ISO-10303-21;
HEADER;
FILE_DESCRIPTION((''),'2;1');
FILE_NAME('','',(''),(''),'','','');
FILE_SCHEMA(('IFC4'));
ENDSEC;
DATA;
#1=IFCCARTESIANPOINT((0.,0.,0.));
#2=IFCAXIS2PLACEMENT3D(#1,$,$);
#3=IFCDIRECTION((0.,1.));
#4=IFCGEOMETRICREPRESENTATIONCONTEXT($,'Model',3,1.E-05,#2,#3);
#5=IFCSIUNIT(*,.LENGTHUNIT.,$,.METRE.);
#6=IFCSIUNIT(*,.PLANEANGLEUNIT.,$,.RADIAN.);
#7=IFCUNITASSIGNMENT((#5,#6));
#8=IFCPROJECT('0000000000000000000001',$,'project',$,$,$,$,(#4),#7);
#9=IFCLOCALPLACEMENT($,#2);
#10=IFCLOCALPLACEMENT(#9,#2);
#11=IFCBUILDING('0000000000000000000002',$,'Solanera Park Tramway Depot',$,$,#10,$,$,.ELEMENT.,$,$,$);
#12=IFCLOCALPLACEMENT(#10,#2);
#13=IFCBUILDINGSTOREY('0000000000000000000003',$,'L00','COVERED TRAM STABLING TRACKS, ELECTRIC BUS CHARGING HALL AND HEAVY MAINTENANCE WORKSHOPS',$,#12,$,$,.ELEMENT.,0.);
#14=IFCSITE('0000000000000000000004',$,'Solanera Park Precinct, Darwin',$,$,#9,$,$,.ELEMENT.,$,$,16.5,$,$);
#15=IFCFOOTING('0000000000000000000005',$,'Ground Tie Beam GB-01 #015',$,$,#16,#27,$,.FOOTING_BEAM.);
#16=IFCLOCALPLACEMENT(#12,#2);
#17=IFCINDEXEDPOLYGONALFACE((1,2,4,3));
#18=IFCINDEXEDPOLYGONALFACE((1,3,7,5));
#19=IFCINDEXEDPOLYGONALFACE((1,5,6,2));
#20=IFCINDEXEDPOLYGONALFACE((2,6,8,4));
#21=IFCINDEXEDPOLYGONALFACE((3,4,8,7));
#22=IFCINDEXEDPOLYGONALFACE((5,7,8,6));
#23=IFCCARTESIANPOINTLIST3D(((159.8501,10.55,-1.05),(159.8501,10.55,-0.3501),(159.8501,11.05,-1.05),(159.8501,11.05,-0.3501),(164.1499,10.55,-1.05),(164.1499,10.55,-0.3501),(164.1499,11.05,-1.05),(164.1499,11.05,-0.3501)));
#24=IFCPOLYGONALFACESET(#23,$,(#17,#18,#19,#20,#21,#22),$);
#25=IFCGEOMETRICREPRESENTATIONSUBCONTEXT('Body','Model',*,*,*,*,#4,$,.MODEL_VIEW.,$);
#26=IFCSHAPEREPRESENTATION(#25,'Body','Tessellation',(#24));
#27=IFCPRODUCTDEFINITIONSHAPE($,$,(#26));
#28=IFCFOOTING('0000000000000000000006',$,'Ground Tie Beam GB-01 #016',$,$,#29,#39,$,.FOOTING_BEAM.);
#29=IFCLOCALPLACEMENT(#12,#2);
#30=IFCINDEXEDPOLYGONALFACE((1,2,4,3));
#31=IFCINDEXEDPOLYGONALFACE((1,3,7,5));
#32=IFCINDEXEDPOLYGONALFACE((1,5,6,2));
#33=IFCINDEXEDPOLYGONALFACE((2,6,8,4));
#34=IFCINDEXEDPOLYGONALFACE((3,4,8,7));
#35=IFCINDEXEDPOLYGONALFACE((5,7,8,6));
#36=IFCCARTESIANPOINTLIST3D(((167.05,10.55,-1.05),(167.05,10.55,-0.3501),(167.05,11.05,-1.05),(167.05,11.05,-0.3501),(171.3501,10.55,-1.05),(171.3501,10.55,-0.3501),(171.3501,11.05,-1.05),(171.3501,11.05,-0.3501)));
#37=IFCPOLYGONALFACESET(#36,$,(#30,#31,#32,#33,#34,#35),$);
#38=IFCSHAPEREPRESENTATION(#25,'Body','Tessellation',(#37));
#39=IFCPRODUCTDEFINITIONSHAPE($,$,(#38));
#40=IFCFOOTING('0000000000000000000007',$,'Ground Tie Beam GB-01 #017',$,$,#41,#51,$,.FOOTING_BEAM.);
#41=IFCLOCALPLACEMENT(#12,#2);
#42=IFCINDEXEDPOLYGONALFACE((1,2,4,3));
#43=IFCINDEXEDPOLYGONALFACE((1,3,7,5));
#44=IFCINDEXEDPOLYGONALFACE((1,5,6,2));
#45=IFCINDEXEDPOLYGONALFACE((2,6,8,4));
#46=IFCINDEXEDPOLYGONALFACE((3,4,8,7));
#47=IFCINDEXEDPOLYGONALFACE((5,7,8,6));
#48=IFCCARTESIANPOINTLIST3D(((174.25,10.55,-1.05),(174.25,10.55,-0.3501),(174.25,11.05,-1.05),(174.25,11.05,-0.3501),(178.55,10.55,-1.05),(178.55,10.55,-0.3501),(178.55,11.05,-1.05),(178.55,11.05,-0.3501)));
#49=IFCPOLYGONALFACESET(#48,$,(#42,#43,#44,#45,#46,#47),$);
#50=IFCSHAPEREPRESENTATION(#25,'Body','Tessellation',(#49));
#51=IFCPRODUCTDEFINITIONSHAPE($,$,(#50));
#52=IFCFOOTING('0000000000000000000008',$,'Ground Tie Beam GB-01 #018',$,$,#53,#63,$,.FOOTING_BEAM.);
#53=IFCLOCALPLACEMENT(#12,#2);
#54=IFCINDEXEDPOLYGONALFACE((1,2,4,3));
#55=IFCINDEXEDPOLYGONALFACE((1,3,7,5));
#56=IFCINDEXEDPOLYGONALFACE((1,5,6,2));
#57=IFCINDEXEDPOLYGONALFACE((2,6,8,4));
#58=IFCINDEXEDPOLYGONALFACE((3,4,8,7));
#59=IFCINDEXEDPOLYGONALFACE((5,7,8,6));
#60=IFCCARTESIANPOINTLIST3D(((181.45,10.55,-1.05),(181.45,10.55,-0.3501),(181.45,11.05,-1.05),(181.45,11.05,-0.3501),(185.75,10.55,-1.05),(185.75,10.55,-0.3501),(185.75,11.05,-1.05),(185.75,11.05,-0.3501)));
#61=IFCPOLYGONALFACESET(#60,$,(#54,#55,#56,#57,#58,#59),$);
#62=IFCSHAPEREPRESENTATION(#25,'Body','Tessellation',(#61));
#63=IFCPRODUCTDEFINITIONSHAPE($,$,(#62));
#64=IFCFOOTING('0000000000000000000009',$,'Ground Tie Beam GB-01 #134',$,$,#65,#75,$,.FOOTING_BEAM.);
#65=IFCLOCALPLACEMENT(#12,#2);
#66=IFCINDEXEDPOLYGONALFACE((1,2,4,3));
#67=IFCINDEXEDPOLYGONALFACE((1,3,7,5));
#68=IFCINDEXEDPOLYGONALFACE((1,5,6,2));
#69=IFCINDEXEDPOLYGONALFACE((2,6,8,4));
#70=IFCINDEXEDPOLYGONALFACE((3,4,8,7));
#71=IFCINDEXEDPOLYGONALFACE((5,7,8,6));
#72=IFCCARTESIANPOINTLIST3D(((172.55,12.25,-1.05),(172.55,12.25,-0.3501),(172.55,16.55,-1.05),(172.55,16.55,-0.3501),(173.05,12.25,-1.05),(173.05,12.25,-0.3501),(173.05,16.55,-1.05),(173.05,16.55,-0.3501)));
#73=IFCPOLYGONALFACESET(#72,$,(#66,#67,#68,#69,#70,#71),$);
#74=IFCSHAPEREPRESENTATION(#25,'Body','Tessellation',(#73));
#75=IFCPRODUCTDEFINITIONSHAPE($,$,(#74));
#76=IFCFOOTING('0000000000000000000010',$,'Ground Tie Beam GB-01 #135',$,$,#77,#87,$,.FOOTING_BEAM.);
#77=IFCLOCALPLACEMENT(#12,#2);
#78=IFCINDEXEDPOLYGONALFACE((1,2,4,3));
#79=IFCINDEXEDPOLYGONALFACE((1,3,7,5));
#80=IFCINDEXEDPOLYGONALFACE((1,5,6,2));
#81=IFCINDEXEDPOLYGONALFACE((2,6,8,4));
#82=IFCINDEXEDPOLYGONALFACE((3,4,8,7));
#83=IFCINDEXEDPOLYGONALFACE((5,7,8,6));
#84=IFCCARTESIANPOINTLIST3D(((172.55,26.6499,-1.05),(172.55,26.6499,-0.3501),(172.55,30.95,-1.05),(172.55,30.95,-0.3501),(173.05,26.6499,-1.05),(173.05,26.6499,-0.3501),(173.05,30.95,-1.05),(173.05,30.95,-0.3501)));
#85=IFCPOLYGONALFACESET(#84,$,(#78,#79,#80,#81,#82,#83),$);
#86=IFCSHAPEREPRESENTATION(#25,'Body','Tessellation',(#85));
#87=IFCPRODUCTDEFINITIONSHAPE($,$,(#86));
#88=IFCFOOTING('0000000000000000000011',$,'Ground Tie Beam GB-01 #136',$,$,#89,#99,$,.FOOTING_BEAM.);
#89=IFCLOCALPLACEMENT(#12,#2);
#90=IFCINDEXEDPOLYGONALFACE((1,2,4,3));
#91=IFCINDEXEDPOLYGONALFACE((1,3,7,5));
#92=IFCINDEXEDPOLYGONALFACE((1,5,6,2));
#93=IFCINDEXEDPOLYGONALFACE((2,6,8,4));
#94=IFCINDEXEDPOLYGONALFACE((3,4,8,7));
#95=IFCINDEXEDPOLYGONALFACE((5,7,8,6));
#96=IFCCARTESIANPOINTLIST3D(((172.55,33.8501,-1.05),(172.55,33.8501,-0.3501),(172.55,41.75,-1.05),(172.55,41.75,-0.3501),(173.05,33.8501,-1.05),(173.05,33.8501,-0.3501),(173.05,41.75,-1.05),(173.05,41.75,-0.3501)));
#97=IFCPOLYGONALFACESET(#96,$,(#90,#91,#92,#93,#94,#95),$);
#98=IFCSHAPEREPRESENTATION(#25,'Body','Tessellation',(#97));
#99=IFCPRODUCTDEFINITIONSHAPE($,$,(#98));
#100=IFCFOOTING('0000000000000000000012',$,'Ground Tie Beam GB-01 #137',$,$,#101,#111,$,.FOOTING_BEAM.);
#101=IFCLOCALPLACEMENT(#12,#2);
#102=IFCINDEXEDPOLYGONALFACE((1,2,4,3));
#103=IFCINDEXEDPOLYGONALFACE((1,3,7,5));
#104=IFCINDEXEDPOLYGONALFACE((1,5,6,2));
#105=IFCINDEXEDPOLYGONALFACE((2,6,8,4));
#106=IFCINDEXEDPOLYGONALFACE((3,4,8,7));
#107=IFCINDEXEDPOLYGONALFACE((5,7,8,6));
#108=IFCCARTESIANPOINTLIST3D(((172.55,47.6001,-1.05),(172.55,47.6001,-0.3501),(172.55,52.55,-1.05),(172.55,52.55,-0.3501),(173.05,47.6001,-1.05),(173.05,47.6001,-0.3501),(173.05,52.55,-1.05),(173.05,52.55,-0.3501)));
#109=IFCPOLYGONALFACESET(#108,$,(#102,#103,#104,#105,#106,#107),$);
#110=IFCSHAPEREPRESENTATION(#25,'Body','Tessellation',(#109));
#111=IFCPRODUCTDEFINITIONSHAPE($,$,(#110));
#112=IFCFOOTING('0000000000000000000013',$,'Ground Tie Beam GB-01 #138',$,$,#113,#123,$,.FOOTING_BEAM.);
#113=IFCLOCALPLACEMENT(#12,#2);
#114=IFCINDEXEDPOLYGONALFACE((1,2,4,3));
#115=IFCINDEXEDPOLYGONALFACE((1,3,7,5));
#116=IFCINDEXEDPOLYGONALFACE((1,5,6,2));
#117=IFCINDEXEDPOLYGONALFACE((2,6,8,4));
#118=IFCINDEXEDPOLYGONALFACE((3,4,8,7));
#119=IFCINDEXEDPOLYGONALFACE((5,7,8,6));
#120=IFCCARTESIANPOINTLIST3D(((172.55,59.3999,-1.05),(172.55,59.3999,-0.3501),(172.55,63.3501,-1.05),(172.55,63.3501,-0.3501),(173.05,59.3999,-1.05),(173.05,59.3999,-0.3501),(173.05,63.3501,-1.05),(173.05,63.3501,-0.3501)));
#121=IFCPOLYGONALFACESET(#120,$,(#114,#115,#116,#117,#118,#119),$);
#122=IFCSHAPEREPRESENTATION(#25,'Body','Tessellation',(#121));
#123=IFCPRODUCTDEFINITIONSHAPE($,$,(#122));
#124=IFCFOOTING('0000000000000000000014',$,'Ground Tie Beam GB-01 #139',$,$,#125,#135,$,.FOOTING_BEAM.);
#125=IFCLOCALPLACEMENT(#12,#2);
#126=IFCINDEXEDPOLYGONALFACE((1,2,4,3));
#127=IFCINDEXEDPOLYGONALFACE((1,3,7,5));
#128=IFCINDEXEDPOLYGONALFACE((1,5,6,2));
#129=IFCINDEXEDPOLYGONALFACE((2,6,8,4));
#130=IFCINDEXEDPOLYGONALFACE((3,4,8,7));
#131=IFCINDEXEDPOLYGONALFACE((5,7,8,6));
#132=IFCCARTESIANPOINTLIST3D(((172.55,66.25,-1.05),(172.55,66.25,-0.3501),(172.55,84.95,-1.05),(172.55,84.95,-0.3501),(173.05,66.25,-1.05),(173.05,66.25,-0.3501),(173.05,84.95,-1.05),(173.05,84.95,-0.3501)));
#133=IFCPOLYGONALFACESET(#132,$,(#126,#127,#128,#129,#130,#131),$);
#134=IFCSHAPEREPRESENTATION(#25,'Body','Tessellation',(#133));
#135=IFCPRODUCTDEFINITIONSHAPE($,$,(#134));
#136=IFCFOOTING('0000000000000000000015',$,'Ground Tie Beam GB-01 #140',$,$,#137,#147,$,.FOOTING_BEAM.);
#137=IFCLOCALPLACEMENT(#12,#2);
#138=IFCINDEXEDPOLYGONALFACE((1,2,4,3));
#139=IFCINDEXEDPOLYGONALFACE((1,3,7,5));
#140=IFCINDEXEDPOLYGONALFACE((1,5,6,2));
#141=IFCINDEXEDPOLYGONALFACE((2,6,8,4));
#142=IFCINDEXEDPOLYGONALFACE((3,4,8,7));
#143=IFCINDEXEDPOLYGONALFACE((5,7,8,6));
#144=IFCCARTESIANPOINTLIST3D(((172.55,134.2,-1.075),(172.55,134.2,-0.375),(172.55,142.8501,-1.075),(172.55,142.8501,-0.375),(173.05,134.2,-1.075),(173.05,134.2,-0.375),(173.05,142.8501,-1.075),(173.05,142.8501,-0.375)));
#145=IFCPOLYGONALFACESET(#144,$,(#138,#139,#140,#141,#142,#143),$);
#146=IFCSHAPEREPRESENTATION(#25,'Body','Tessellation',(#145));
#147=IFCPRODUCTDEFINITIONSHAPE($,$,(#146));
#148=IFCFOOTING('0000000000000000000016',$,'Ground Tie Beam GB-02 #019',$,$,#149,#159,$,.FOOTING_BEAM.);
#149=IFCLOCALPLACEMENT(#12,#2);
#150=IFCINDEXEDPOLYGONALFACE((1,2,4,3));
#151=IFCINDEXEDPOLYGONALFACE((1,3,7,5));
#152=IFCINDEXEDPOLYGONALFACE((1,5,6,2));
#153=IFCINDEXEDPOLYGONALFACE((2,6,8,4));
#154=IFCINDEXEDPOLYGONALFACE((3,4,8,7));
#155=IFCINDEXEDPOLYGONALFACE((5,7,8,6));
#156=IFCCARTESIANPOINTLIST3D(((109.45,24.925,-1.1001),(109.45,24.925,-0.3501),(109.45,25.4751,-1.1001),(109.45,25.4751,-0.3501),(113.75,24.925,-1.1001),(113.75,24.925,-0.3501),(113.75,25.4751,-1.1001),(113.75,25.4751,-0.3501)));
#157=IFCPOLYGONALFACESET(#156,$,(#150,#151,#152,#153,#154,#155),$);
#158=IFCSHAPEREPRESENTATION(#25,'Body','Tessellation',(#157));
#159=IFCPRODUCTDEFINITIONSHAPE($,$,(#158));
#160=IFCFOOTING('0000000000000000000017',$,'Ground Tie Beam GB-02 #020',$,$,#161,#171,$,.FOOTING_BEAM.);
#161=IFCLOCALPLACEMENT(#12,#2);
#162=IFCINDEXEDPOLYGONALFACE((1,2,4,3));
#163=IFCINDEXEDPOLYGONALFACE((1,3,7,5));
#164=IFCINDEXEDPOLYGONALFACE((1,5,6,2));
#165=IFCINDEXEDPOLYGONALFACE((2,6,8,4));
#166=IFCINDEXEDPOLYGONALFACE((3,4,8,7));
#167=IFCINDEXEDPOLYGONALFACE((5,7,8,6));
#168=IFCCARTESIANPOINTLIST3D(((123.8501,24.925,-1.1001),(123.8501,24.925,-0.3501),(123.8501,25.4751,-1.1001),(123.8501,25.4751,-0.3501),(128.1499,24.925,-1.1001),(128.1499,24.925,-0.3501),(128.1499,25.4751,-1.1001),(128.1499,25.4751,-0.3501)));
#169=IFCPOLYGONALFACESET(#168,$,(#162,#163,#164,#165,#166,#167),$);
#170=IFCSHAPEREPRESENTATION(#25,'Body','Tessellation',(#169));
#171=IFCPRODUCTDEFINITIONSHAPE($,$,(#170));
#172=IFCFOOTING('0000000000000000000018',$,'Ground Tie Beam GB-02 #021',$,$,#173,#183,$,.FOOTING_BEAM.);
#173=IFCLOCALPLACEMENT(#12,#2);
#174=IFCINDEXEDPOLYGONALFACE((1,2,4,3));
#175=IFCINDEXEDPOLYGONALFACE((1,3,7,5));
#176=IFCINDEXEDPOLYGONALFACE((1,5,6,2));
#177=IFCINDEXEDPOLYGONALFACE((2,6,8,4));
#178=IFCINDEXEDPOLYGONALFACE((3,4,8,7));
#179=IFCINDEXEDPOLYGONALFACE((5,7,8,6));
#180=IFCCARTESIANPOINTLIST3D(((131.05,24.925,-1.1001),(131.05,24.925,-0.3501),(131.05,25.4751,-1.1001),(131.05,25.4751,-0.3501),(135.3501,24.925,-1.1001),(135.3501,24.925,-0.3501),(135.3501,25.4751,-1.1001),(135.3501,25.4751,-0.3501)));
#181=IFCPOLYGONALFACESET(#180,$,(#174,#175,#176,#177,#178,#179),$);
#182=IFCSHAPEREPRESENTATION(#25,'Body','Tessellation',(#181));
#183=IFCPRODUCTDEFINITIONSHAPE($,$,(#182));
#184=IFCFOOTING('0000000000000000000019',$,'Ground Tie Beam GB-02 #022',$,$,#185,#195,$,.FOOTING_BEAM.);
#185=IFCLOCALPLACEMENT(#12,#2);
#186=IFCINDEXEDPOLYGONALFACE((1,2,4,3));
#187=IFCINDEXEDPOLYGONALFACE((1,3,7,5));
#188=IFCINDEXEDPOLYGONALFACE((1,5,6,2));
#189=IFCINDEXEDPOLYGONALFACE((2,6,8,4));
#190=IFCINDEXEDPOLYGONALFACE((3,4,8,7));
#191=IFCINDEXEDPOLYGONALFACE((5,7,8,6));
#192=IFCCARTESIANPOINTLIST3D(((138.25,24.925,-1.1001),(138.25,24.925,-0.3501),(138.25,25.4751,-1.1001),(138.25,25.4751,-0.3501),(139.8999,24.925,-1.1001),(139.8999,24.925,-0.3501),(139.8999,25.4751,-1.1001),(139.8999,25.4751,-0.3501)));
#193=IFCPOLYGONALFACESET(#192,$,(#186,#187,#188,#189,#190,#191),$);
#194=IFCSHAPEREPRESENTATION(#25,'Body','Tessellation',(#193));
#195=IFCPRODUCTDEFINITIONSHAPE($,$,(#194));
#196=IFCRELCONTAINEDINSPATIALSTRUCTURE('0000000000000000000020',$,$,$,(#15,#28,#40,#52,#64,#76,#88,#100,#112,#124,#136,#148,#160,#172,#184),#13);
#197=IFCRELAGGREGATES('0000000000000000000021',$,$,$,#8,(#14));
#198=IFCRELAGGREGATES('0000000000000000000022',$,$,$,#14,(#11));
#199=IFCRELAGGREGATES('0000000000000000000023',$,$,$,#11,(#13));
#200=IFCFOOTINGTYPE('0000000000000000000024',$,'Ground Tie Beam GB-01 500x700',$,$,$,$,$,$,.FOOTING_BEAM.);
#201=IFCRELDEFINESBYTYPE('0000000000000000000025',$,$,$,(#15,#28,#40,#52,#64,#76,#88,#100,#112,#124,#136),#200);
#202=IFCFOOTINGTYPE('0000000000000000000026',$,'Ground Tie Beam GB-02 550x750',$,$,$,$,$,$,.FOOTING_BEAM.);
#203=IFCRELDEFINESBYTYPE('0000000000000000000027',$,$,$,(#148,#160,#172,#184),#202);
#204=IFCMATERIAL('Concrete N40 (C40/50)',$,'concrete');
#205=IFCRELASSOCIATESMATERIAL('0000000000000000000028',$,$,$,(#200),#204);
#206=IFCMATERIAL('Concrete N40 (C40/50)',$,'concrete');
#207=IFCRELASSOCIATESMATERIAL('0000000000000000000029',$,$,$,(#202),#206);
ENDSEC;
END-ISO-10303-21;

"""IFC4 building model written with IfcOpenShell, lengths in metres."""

from ifc_helpers import new_model, si_unit, direction, frame, origin, place, context, subcontext, project, spatial, polyline, outline, extrude, material, type_object, element, save


model = new_model("IFC4")

# Units and contexts
model_context = context("Model", 3, precision=1e-05, world=origin(), true_north=direction((0.0, 1.0)))
body_context = subcontext(model_context, "Body", "Model", "MODEL_VIEW")
ifc_project = project(units=[si_unit("LENGTHUNIT", "METRE"), si_unit("PLANEANGLEUNIT", "RADIAN")], contexts=[model_context])

# Site, building, storey
site_placement = place(None, origin())
site = spatial("IfcSite", under=ifc_project, at=site_placement, Name="Solanera Park Precinct, Darwin", CompositionType="ELEMENT", RefElevation=16.5)
building_placement = place(site_placement, origin())
building = spatial("IfcBuilding", under=site, at=building_placement, Name="Solanera Park Tramway Depot", CompositionType="ELEMENT")
storey_placement = place(building_placement, origin())
storey = spatial("IfcBuildingStorey", under=building, at=storey_placement, Name="L00", Description="COVERED TRAM STABLING TRACKS, ELECTRIC BUS CHARGING HALL AND HEAVY MAINTENANCE WORKSHOPS", CompositionType="ELEMENT", Elevation=0.0)

# Footings
ifc_material_1 = material(Name="Concrete N40 (C40/50)", Category="concrete")
footing_type_1 = type_object("IfcFootingType", Name="Ground Tie Beam GB-01 500x700", PredefinedType="FOOTING_BEAM", material=ifc_material_1)
footing_1_placement = place(storey_placement, frame((0.0, 0.0, -1.05)))
element("IfcFooting", 1, at=footing_1_placement, inside=storey, type_object=footing_type_1, Name="Ground Tie Beam GB-01 #015", PredefinedType="FOOTING_BEAM", context=body_context, shape_type="SweptSolid", body=[
    extrude(outline(polyline([(164.1499, 10.55), (164.1499, 11.05), (159.8501, 11.05), (159.8501, 10.55), (164.1499, 10.55)])), origin(), (0.0, 0.0, 1.0), 0.7),
])
footing_2_placement = place(storey_placement, frame((0.0, 0.0, -1.05)))
element("IfcFooting", 2, at=footing_2_placement, inside=storey, type_object=footing_type_1, Name="Ground Tie Beam GB-01 #016", PredefinedType="FOOTING_BEAM", context=body_context, shape_type="SweptSolid", body=[
    extrude(outline(polyline([(171.3501, 10.55), (171.3501, 11.05), (167.05, 11.05), (167.05, 10.55), (171.3501, 10.55)])), origin(), (0.0, 0.0, 1.0), 0.7),
])
footing_3_placement = place(storey_placement, frame((0.0, 0.0, -1.05)))
element("IfcFooting", 3, at=footing_3_placement, inside=storey, type_object=footing_type_1, Name="Ground Tie Beam GB-01 #017", PredefinedType="FOOTING_BEAM", context=body_context, shape_type="SweptSolid", body=[
    extrude(outline(polyline([(178.55, 10.55), (178.55, 11.05), (174.25, 11.05), (174.25, 10.55), (178.55, 10.55)])), origin(), (0.0, 0.0, 1.0), 0.7),
])
footing_4_placement = place(storey_placement, frame((0.0, 0.0, -1.05)))
element("IfcFooting", 4, at=footing_4_placement, inside=storey, type_object=footing_type_1, Name="Ground Tie Beam GB-01 #018", PredefinedType="FOOTING_BEAM", context=body_context, shape_type="SweptSolid", body=[
    extrude(outline(polyline([(185.75, 10.55), (185.75, 11.05), (181.45, 11.05), (181.45, 10.55), (185.75, 10.55)])), origin(), (0.0, 0.0, 1.0), 0.7),
])
footing_5_placement = place(storey_placement, frame((0.0, 0.0, -1.05)))
element("IfcFooting", 5, at=footing_5_placement, inside=storey, type_object=footing_type_1, Name="Ground Tie Beam GB-01 #134", PredefinedType="FOOTING_BEAM", context=body_context, shape_type="SweptSolid", body=[
    extrude(outline(polyline([(173.05, 12.25), (173.05, 16.55), (172.55, 16.55), (172.55, 12.25), (173.05, 12.25)])), origin(), (0.0, 0.0, 1.0), 0.7),
])
footing_6_placement = place(storey_placement, frame((0.0, 0.0, -1.05)))
element("IfcFooting", 6, at=footing_6_placement, inside=storey, type_object=footing_type_1, Name="Ground Tie Beam GB-01 #135", PredefinedType="FOOTING_BEAM", context=body_context, shape_type="SweptSolid", body=[
    extrude(outline(polyline([(173.05, 26.6499), (173.05, 30.95), (172.55, 30.95), (172.55, 26.6499), (173.05, 26.6499)])), origin(), (0.0, 0.0, 1.0), 0.7),
])
footing_7_placement = place(storey_placement, frame((0.0, 0.0, -1.05)))
element("IfcFooting", 7, at=footing_7_placement, inside=storey, type_object=footing_type_1, Name="Ground Tie Beam GB-01 #136", PredefinedType="FOOTING_BEAM", context=body_context, shape_type="SweptSolid", body=[
    extrude(outline(polyline([(173.05, 33.8501), (173.05, 41.75), (172.55, 41.75), (172.55, 33.8501), (173.05, 33.8501)])), origin(), (0.0, 0.0, 1.0), 0.7),
])
footing_8_placement = place(storey_placement, frame((0.0, 0.0, -1.05)))
element("IfcFooting", 8, at=footing_8_placement, inside=storey, type_object=footing_type_1, Name="Ground Tie Beam GB-01 #137", PredefinedType="FOOTING_BEAM", context=body_context, shape_type="SweptSolid", body=[
    extrude(outline(polyline([(173.05, 47.6001), (173.05, 52.55), (172.55, 52.55), (172.55, 47.6001), (173.05, 47.6001)])), origin(), (0.0, 0.0, 1.0), 0.7),
])
footing_9_placement = place(storey_placement, frame((0.0, 0.0, -1.05)))
element("IfcFooting", 9, at=footing_9_placement, inside=storey, type_object=footing_type_1, Name="Ground Tie Beam GB-01 #138", PredefinedType="FOOTING_BEAM", context=body_context, shape_type="SweptSolid", body=[
    extrude(outline(polyline([(173.05, 59.3999), (173.05, 63.3501), (172.55, 63.3501), (172.55, 59.3999), (173.05, 59.3999)])), origin(), (0.0, 0.0, 1.0), 0.7),
])
footing_10_placement = place(storey_placement, frame((0.0, 0.0, -1.05)))
element("IfcFooting", 10, at=footing_10_placement, inside=storey, type_object=footing_type_1, Name="Ground Tie Beam GB-01 #139", PredefinedType="FOOTING_BEAM", context=body_context, shape_type="SweptSolid", body=[
    extrude(outline(polyline([(173.05, 66.25), (173.05, 84.95), (172.55, 84.95), (172.55, 66.25), (173.05, 66.25)])), origin(), (0.0, 0.0, 1.0), 0.7),
])
footing_11_placement = place(storey_placement, frame((0.0, 0.0, -1.075)))
element("IfcFooting", 11, at=footing_11_placement, inside=storey, type_object=footing_type_1, Name="Ground Tie Beam GB-01 #140", PredefinedType="FOOTING_BEAM", context=body_context, shape_type="SweptSolid", body=[
    extrude(outline(polyline([(173.05, 134.2), (173.05, 142.8501), (172.55, 142.8501), (172.55, 134.2), (173.05, 134.2)])), origin(), (0.0, 0.0, 1.0), 0.7),
])
ifc_material_2 = material(Name="Concrete N40 (C40/50)", Category="concrete")
footing_type_2 = type_object("IfcFootingType", Name="Ground Tie Beam GB-02 550x750", PredefinedType="FOOTING_BEAM", material=ifc_material_2)
footing_12_placement = place(storey_placement, frame((0.0, 0.0, -1.1001)))
element("IfcFooting", 12, at=footing_12_placement, inside=storey, type_object=footing_type_2, Name="Ground Tie Beam GB-02 #019", PredefinedType="FOOTING_BEAM", context=body_context, shape_type="SweptSolid", body=[
    extrude(outline(polyline([(113.75, 24.925), (113.75, 25.4751), (109.45, 25.4751), (109.45, 24.925), (113.75, 24.925)])), origin(), (0.0, 0.0, 1.0), 0.75),
])
footing_13_placement = place(storey_placement, frame((0.0, 0.0, -1.1001)))
element("IfcFooting", 13, at=footing_13_placement, inside=storey, type_object=footing_type_2, Name="Ground Tie Beam GB-02 #020", PredefinedType="FOOTING_BEAM", context=body_context, shape_type="SweptSolid", body=[
    extrude(outline(polyline([(128.1499, 24.925), (128.1499, 25.4751), (123.8501, 25.4751), (123.8501, 24.925), (128.1499, 24.925)])), origin(), (0.0, 0.0, 1.0), 0.75),
])
footing_14_placement = place(storey_placement, frame((0.0, 0.0, -1.1001)))
element("IfcFooting", 14, at=footing_14_placement, inside=storey, type_object=footing_type_2, Name="Ground Tie Beam GB-02 #021", PredefinedType="FOOTING_BEAM", context=body_context, shape_type="SweptSolid", body=[
    extrude(outline(polyline([(135.3501, 24.925), (135.3501, 25.4751), (131.05, 25.4751), (131.05, 24.925), (135.3501, 24.925)])), origin(), (0.0, 0.0, 1.0), 0.75),
])
footing_15_placement = place(storey_placement, frame((0.0, 0.0, -1.1001)))
element("IfcFooting", 15, at=footing_15_placement, inside=storey, type_object=footing_type_2, Name="Ground Tie Beam GB-02 #022", PredefinedType="FOOTING_BEAM", context=body_context, shape_type="SweptSolid", body=[
    extrude(outline(polyline([(139.8999, 24.925), (139.8999, 25.4751), (138.25, 25.4751), (138.25, 24.925), (139.8999, 24.925)])), origin(), (0.0, 0.0, 1.0), 0.75),
])

save(model, "model.ifc")
